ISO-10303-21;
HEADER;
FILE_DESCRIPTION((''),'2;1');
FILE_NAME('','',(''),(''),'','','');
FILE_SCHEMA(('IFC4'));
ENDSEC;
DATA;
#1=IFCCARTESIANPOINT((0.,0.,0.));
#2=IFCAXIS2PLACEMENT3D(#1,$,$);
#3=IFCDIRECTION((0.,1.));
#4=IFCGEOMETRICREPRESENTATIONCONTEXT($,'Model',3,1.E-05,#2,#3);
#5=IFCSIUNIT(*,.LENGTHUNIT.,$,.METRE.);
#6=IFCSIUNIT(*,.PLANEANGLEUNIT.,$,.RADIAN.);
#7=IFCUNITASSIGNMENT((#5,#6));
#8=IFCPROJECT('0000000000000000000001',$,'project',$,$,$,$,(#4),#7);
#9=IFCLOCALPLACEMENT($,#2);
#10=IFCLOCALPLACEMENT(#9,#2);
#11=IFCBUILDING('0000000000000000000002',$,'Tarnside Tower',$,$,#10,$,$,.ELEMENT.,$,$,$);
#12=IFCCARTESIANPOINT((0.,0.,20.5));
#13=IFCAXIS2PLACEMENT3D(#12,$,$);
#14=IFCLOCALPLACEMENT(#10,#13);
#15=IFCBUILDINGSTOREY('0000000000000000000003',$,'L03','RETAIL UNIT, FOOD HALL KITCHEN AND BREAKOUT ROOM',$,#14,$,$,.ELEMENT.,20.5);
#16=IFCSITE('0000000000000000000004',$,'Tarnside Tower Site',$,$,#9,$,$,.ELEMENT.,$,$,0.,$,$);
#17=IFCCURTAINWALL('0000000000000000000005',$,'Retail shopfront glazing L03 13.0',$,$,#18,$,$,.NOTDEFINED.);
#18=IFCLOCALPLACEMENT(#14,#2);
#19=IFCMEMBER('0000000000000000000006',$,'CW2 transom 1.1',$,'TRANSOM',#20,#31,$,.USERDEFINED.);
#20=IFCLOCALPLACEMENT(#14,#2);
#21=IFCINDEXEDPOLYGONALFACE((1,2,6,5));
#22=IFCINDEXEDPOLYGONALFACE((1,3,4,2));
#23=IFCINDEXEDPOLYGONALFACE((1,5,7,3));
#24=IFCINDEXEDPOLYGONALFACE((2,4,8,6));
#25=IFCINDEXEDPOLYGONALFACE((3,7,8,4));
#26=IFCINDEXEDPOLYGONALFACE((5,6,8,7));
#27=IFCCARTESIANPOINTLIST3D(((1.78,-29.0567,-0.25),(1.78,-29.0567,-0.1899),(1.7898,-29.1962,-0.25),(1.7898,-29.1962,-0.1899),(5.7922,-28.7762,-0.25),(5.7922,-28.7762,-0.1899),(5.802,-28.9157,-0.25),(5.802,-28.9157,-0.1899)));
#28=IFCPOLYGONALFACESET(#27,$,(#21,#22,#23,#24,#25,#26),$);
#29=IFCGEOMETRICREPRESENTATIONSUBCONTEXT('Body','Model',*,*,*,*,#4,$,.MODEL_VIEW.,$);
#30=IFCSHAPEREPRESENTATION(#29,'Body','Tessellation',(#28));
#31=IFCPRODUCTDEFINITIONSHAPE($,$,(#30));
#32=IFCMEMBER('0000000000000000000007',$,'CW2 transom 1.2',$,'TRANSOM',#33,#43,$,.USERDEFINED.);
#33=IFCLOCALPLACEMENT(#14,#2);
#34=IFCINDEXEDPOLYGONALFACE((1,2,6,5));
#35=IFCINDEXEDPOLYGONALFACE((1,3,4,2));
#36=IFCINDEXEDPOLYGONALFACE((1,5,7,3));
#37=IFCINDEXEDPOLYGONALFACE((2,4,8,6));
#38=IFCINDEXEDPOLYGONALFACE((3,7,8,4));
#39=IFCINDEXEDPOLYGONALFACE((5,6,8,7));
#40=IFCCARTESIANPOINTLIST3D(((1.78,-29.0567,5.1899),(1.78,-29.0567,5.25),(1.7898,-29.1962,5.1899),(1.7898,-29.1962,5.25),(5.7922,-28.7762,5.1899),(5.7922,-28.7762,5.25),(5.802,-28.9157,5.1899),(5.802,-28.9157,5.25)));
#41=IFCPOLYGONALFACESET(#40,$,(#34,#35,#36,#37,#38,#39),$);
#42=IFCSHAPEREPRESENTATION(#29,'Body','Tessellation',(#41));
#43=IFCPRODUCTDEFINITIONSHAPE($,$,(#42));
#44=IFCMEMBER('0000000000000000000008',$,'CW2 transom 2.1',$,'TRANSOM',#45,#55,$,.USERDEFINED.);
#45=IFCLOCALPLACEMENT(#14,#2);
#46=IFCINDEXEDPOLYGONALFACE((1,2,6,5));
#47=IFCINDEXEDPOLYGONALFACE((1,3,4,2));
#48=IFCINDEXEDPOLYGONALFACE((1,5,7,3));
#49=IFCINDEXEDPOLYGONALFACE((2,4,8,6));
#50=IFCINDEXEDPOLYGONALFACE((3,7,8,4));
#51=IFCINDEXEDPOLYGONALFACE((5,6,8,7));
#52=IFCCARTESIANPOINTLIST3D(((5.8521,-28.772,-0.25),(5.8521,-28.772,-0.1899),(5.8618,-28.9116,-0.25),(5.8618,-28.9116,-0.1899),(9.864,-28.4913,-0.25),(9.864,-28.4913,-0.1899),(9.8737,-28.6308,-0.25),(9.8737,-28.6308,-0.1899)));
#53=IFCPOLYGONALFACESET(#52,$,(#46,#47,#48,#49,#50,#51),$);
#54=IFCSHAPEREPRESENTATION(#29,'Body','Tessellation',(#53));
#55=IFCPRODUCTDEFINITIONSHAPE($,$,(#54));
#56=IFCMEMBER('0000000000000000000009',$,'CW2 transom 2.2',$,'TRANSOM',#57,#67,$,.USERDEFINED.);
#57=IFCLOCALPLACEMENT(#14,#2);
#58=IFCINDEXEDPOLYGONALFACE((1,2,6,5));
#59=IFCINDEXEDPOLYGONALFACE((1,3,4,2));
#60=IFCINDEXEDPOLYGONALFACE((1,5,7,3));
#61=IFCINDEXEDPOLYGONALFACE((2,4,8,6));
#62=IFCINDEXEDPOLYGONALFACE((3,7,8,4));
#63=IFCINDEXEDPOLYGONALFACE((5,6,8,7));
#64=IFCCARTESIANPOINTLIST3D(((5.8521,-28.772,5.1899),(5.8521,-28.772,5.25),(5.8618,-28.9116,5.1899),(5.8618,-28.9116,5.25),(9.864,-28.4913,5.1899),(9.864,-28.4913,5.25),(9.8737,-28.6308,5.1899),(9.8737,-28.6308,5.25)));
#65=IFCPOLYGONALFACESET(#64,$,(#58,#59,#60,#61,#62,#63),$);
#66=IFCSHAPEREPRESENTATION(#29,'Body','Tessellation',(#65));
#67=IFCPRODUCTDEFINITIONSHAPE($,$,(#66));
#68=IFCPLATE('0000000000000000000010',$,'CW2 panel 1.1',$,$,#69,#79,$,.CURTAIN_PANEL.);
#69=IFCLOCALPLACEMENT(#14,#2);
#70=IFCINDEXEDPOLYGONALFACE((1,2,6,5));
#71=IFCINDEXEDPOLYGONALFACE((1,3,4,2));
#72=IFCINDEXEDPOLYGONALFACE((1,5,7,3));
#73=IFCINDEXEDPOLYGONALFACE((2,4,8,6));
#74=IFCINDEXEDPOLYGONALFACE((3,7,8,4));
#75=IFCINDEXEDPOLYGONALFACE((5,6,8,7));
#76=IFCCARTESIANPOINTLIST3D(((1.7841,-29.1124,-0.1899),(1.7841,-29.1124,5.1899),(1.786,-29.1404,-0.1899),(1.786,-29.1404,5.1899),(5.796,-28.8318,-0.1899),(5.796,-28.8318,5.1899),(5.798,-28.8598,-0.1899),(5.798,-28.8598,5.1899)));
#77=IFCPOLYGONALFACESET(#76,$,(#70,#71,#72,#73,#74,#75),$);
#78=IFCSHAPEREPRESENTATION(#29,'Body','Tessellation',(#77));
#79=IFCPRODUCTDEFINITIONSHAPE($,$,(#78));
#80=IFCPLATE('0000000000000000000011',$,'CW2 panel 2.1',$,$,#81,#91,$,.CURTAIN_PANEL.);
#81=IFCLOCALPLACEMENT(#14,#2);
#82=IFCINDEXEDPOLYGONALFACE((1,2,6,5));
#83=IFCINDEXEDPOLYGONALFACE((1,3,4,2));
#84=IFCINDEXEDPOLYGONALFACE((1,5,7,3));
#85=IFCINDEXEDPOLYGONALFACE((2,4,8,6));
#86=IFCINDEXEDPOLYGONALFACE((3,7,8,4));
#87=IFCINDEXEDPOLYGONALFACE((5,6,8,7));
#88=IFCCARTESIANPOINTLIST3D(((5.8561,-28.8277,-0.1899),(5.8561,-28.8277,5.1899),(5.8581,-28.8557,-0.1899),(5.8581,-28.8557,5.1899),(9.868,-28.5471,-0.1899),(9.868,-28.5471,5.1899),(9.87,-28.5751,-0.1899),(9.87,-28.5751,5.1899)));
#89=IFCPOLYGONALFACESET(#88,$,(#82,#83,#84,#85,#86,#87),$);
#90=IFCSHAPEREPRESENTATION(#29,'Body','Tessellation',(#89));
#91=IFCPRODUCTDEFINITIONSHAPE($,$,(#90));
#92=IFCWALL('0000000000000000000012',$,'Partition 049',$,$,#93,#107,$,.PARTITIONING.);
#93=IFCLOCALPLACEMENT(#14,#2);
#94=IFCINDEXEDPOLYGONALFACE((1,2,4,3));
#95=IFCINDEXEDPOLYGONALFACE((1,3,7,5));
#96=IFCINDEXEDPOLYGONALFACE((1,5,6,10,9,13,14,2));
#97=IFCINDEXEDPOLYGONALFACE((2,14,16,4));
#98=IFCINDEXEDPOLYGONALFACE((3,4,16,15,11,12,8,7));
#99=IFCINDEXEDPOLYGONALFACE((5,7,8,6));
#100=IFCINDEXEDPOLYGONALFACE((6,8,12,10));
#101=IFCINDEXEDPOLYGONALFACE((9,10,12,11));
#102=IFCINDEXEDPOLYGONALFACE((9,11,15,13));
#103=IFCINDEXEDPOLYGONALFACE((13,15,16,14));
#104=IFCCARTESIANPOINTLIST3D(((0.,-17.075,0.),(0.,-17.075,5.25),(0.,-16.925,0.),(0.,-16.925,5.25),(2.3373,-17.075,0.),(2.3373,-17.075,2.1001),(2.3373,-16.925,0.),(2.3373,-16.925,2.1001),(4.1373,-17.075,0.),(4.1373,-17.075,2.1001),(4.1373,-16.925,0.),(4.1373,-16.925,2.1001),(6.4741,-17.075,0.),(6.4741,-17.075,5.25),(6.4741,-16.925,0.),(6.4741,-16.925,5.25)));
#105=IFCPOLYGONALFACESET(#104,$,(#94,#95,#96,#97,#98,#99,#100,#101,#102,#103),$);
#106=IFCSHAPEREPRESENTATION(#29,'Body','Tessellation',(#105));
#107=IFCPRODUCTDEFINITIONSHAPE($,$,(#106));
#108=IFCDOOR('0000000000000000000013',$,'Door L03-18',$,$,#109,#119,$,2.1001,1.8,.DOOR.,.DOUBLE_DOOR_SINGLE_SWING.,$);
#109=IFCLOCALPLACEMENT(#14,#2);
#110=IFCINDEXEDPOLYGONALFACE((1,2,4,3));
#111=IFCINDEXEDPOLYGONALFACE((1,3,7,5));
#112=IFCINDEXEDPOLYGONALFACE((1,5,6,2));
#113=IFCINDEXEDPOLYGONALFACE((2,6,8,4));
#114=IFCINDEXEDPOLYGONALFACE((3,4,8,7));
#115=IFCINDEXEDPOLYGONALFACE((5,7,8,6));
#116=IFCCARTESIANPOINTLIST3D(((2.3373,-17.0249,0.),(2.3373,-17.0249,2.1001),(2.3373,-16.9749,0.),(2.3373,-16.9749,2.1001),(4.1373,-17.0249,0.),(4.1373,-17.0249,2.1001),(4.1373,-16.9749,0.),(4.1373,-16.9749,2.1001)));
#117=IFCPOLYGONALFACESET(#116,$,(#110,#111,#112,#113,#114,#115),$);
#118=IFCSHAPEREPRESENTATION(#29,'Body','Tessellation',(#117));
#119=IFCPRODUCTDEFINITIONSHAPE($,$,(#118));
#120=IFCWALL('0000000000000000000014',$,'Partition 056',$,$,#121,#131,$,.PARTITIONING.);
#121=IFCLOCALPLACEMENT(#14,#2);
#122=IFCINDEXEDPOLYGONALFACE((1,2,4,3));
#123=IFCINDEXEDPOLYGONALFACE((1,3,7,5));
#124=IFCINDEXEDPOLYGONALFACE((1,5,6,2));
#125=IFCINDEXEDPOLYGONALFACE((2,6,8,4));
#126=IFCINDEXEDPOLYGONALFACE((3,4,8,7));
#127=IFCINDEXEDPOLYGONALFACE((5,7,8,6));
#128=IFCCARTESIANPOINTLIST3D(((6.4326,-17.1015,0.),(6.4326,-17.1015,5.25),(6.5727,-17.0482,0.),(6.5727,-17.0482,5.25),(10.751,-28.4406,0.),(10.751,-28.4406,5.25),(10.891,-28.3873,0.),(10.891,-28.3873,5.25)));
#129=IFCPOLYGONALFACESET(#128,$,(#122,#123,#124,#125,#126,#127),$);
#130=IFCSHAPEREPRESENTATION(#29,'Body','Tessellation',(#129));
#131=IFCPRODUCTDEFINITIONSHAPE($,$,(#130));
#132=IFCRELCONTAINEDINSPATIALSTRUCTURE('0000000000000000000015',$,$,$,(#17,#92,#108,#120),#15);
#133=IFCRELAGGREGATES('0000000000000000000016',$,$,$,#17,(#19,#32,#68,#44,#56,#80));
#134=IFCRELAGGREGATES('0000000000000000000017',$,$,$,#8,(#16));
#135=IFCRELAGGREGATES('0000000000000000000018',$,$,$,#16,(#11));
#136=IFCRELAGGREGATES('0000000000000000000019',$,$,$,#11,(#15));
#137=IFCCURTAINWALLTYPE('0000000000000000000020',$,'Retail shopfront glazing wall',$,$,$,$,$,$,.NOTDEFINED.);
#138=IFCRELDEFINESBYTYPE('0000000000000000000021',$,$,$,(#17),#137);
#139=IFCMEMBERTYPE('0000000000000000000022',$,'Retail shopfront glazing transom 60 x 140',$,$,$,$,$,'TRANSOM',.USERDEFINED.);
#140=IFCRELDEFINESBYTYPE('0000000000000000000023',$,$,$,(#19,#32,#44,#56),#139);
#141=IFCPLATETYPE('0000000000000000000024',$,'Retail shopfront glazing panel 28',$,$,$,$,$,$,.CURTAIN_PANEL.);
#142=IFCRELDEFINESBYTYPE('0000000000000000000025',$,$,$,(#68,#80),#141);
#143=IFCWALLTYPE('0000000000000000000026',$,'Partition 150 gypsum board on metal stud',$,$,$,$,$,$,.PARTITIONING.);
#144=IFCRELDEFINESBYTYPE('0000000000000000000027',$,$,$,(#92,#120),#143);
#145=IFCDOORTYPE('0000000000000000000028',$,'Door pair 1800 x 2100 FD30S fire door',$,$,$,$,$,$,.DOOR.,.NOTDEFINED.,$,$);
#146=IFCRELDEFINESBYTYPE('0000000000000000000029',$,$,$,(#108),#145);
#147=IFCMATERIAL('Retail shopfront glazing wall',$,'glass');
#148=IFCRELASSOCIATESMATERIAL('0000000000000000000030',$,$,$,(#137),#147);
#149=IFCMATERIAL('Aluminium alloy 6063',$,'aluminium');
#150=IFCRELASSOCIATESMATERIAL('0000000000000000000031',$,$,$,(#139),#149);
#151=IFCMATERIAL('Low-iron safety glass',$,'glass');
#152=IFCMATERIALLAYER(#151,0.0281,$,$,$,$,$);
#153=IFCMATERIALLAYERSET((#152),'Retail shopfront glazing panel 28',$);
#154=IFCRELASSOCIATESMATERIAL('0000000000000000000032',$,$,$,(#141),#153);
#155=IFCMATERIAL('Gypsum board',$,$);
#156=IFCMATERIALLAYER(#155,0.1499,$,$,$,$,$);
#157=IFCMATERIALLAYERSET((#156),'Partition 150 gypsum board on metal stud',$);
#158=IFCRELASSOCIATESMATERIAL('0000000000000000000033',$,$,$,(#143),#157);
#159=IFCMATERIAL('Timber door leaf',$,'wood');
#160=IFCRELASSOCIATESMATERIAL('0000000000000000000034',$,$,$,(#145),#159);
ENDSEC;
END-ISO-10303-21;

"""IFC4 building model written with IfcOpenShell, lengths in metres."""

from ifc_helpers import new_model, si_unit, direction, frame, frame_2d, origin, origin_2d, place, context, subcontext, project, spatial, rectangle, extrude, material, layer, layer_set, material_profile, profile_set, type_object, element, fill, aggregate, save


model = new_model("IFC4")

# Units and contexts
model_context = context("Model", 3, precision=1e-05, world=origin(), true_north=direction((0.0, 1.0)))
body_context = subcontext(model_context, "Body", "Model", "MODEL_VIEW")
ifc_project = project(units=[si_unit("LENGTHUNIT", "METRE"), si_unit("PLANEANGLEUNIT", "RADIAN")], contexts=[model_context])

# Site, building, storey
site_placement = place(None, origin())
site = spatial("IfcSite", under=ifc_project, at=site_placement, Name="Tarnside Tower Site", CompositionType="ELEMENT", RefElevation=0.0)
building_placement = place(site_placement, origin())
building = spatial("IfcBuilding", under=site, at=building_placement, Name="Tarnside Tower", CompositionType="ELEMENT")
storey_placement = place(building_placement, frame((0.0, 0.0, 20.5)))
storey = spatial("IfcBuildingStorey", under=building, at=storey_placement, Name="L03", Description="RETAIL UNIT, FOOD HALL KITCHEN AND BREAKOUT ROOM", CompositionType="ELEMENT", Elevation=20.5)

# Curtain wall, members, plates
ifc_material_1 = material(Name="Retail shopfront glazing wall", Category="glass")
curtain_wall_type = type_object("IfcCurtainWallType", Name="Retail shopfront glazing wall", PredefinedType="NOTDEFINED", material=ifc_material_1)
curtain_wall_placement = place(storey_placement, origin())
curtain_wall = element("IfcCurtainWall", 1, at=curtain_wall_placement, inside=storey, type_object=curtain_wall_type, Name="Retail shopfront glazing L03 13.0", PredefinedType="NOTDEFINED")
ifc_material_2 = material(Name="Aluminium alloy 6063", Category="aluminium")
ifc_material_profile_1 = material_profile(ifc_material_2, rectangle(XDim=0.1399, YDim=0.0601, at=origin_2d()), Name="Retail shopfront glazing transom 60 x 140")
ifc_profile_set_1 = profile_set([ifc_material_profile_1], Name="Aluminium alloy 6063")
member_type_1 = type_object("IfcMemberType", Name="Retail shopfront glazing transom 60 x 140", ElementType="TRANSOM", PredefinedType="USERDEFINED", material=ifc_profile_set_1)
member_1_placement = place(storey_placement, frame((1.7849, -29.1265, -0.22), z_axis=(0.997565, 0.069746, 0.0), x_axis=(-0.069746, 0.997565, 0.0)))
member_1 = element("IfcMember", 2, at=member_1_placement, type_object=member_type_1, Name="CW2 transom 1.1", ObjectType="TRANSOM", PredefinedType="USERDEFINED", context=body_context, shape_type="SweptSolid", body=[
    extrude(rectangle(XDim=0.1399, YDim=0.0601, at=origin_2d()), origin(), (0.0, 0.0, 1.0), 4.022),
])
member_2_placement = place(storey_placement, frame((1.7849, -29.1265, 5.22), z_axis=(0.997565, 0.069746, 0.0), x_axis=(-0.069746, 0.997565, 0.0)))
member_2 = element("IfcMember", 3, at=member_2_placement, type_object=member_type_1, Name="CW2 transom 1.2", ObjectType="TRANSOM", PredefinedType="USERDEFINED", context=body_context, shape_type="SweptSolid", body=[
    extrude(rectangle(XDim=0.1399, YDim=0.0601, at=origin_2d()), origin(), (0.0, 0.0, 1.0), 4.022),
])
member_3_placement = place(storey_placement, frame((5.8569, -28.8418, -0.22), z_axis=(0.99756, 0.06981, 0.0), x_axis=(-0.06981, 0.99756, 0.0)))
member_3 = element("IfcMember", 4, at=member_3_placement, type_object=member_type_1, Name="CW2 transom 2.1", ObjectType="TRANSOM", PredefinedType="USERDEFINED", context=body_context, shape_type="SweptSolid", body=[
    extrude(rectangle(XDim=0.1399, YDim=0.0601, at=origin_2d()), origin(), (0.0, 0.0, 1.0), 4.0217),
])
member_4_placement = place(storey_placement, frame((5.8569, -28.8418, 5.22), z_axis=(0.99756, 0.06981, 0.0), x_axis=(-0.06981, 0.99756, 0.0)))
member_4 = element("IfcMember", 5, at=member_4_placement, type_object=member_type_1, Name="CW2 transom 2.2", ObjectType="TRANSOM", PredefinedType="USERDEFINED", context=body_context, shape_type="SweptSolid", body=[
    extrude(rectangle(XDim=0.1399, YDim=0.0601, at=origin_2d()), origin(), (0.0, 0.0, 1.0), 4.0217),
])
ifc_material_3 = material(Name="Low-iron safety glass", Category="glass")
ifc_layer_1 = layer(ifc_material_3, 0.0281)
ifc_layer_set_1 = layer_set([ifc_layer_1], Name="Retail shopfront glazing panel 28")
plate_type = type_object("IfcPlateType", Name="Retail shopfront glazing panel 28", PredefinedType="CURTAIN_PANEL", material=ifc_layer_set_1)
plate_1_placement = place(storey_placement, frame((3.791, -28.9861, -0.1899), z_axis=(0.0, 0.0, 1.0), x_axis=(0.997564, 0.069756, 0.0)))
plate_1 = element("IfcPlate", 6, at=plate_1_placement, type_object=plate_type, Name="CW2 panel 1.1", PredefinedType="CURTAIN_PANEL", context=body_context, shape_type="SweptSolid", body=[
    extrude(rectangle(XDim=4.0217, YDim=0.0281, at=origin_2d()), origin(), (0.0, 0.0, 1.0), 5.3799),
])
plate_2_placement = place(storey_placement, frame((7.863, -28.7014, -0.1899), z_axis=(0.0, 0.0, 1.0), x_axis=(0.997564, 0.069756, 0.0)))
plate_2 = element("IfcPlate", 7, at=plate_2_placement, type_object=plate_type, Name="CW2 panel 2.1", PredefinedType="CURTAIN_PANEL", context=body_context, shape_type="SweptSolid", body=[
    extrude(rectangle(XDim=4.0217, YDim=0.0281, at=origin_2d()), origin(), (0.0, 0.0, 1.0), 5.3799),
])
aggregate(curtain_wall, [member_1, member_2, plate_1, member_3, member_4, plate_2])

# Wall, opening, door
ifc_material_4 = material(Name="Gypsum board")
ifc_layer_2 = layer(ifc_material_4, 0.1499)
ifc_layer_set_2 = layer_set([ifc_layer_2], Name="Partition 150 gypsum board on metal stud")
wall_type = type_object("IfcWallType", Name="Partition 150 gypsum board on metal stud", PredefinedType="PARTITIONING", material=ifc_layer_set_2)
wall_1_placement = place(storey_placement, frame((6.4741, -17.0, 0.0), z_axis=(0.0, 0.0, 1.0), x_axis=(-1.0, 0.0, 0.0)))
wall_1 = element("IfcWall", 8, at=wall_1_placement, inside=storey, type_object=wall_type, Name="Partition 049", PredefinedType="PARTITIONING", context=body_context, shape_type="SweptSolid", body=[
    extrude(rectangle(XDim=6.4741, YDim=0.1499, at=frame_2d((3.2371, 0.0))), origin(), (0.0, 0.0, 1.0), 5.25),
])
opening_placement = place(wall_1_placement, frame((2.3369, 0.0, 0.0)))
opening = element("IfcOpeningElement", 9, at=opening_placement, cuts=wall_1, PredefinedType="OPENING", context=body_context, shape_type="SweptSolid", body=[
    extrude(rectangle(XDim=1.8, YDim=2.1001, at=frame_2d((0.8999, 1.05))), frame((0.0, 0.085, 0.0), z_axis=(0.0, -1.0, 0.0), x_axis=(1.0, 0.0, 0.0)), (0.0, 0.0, 1.0), 0.1699),
])
ifc_material_5 = material(Name="Timber door leaf", Category="wood")
door_type = type_object("IfcDoorType", Name="Door pair 1800 x 2100 FD30S fire door", OperationType="NOTDEFINED", PredefinedType="DOOR", material=ifc_material_5)
door_placement = place(opening_placement, origin())
door = element("IfcDoor", 10, at=door_placement, inside=storey, type_object=door_type, Name="Door L03-18", OperationType="DOUBLE_DOOR_SINGLE_SWING", OverallHeight=2.1001, OverallWidth=1.8, PredefinedType="DOOR", context=body_context, shape_type="SweptSolid", body=[
    extrude(rectangle(XDim=1.8, YDim=2.1001, at=frame_2d((0.8999, 1.05))), frame((0.0, 0.0249, 0.0), z_axis=(0.0, -1.0, 0.0), x_axis=(1.0, 0.0, 0.0)), (0.0, 0.0, 1.0), 0.05),
])
fill(opening, door)

# Wall
wall_2_placement = place(storey_placement, frame((10.821, -28.4141, 0.0), z_axis=(0.0, 0.0, 1.0), x_axis=(-0.355902, 0.934523, 0.0)))
element("IfcWall", 11, at=wall_2_placement, inside=storey, type_object=wall_type, Name="Partition 056", PredefinedType="PARTITIONING", context=body_context, shape_type="SweptSolid", body=[
    extrude(rectangle(XDim=12.1335, YDim=0.1499, at=frame_2d((6.0669, 0.0))), origin(), (0.0, 0.0, 1.0), 5.25),
])

save(model, "model.ifc")
